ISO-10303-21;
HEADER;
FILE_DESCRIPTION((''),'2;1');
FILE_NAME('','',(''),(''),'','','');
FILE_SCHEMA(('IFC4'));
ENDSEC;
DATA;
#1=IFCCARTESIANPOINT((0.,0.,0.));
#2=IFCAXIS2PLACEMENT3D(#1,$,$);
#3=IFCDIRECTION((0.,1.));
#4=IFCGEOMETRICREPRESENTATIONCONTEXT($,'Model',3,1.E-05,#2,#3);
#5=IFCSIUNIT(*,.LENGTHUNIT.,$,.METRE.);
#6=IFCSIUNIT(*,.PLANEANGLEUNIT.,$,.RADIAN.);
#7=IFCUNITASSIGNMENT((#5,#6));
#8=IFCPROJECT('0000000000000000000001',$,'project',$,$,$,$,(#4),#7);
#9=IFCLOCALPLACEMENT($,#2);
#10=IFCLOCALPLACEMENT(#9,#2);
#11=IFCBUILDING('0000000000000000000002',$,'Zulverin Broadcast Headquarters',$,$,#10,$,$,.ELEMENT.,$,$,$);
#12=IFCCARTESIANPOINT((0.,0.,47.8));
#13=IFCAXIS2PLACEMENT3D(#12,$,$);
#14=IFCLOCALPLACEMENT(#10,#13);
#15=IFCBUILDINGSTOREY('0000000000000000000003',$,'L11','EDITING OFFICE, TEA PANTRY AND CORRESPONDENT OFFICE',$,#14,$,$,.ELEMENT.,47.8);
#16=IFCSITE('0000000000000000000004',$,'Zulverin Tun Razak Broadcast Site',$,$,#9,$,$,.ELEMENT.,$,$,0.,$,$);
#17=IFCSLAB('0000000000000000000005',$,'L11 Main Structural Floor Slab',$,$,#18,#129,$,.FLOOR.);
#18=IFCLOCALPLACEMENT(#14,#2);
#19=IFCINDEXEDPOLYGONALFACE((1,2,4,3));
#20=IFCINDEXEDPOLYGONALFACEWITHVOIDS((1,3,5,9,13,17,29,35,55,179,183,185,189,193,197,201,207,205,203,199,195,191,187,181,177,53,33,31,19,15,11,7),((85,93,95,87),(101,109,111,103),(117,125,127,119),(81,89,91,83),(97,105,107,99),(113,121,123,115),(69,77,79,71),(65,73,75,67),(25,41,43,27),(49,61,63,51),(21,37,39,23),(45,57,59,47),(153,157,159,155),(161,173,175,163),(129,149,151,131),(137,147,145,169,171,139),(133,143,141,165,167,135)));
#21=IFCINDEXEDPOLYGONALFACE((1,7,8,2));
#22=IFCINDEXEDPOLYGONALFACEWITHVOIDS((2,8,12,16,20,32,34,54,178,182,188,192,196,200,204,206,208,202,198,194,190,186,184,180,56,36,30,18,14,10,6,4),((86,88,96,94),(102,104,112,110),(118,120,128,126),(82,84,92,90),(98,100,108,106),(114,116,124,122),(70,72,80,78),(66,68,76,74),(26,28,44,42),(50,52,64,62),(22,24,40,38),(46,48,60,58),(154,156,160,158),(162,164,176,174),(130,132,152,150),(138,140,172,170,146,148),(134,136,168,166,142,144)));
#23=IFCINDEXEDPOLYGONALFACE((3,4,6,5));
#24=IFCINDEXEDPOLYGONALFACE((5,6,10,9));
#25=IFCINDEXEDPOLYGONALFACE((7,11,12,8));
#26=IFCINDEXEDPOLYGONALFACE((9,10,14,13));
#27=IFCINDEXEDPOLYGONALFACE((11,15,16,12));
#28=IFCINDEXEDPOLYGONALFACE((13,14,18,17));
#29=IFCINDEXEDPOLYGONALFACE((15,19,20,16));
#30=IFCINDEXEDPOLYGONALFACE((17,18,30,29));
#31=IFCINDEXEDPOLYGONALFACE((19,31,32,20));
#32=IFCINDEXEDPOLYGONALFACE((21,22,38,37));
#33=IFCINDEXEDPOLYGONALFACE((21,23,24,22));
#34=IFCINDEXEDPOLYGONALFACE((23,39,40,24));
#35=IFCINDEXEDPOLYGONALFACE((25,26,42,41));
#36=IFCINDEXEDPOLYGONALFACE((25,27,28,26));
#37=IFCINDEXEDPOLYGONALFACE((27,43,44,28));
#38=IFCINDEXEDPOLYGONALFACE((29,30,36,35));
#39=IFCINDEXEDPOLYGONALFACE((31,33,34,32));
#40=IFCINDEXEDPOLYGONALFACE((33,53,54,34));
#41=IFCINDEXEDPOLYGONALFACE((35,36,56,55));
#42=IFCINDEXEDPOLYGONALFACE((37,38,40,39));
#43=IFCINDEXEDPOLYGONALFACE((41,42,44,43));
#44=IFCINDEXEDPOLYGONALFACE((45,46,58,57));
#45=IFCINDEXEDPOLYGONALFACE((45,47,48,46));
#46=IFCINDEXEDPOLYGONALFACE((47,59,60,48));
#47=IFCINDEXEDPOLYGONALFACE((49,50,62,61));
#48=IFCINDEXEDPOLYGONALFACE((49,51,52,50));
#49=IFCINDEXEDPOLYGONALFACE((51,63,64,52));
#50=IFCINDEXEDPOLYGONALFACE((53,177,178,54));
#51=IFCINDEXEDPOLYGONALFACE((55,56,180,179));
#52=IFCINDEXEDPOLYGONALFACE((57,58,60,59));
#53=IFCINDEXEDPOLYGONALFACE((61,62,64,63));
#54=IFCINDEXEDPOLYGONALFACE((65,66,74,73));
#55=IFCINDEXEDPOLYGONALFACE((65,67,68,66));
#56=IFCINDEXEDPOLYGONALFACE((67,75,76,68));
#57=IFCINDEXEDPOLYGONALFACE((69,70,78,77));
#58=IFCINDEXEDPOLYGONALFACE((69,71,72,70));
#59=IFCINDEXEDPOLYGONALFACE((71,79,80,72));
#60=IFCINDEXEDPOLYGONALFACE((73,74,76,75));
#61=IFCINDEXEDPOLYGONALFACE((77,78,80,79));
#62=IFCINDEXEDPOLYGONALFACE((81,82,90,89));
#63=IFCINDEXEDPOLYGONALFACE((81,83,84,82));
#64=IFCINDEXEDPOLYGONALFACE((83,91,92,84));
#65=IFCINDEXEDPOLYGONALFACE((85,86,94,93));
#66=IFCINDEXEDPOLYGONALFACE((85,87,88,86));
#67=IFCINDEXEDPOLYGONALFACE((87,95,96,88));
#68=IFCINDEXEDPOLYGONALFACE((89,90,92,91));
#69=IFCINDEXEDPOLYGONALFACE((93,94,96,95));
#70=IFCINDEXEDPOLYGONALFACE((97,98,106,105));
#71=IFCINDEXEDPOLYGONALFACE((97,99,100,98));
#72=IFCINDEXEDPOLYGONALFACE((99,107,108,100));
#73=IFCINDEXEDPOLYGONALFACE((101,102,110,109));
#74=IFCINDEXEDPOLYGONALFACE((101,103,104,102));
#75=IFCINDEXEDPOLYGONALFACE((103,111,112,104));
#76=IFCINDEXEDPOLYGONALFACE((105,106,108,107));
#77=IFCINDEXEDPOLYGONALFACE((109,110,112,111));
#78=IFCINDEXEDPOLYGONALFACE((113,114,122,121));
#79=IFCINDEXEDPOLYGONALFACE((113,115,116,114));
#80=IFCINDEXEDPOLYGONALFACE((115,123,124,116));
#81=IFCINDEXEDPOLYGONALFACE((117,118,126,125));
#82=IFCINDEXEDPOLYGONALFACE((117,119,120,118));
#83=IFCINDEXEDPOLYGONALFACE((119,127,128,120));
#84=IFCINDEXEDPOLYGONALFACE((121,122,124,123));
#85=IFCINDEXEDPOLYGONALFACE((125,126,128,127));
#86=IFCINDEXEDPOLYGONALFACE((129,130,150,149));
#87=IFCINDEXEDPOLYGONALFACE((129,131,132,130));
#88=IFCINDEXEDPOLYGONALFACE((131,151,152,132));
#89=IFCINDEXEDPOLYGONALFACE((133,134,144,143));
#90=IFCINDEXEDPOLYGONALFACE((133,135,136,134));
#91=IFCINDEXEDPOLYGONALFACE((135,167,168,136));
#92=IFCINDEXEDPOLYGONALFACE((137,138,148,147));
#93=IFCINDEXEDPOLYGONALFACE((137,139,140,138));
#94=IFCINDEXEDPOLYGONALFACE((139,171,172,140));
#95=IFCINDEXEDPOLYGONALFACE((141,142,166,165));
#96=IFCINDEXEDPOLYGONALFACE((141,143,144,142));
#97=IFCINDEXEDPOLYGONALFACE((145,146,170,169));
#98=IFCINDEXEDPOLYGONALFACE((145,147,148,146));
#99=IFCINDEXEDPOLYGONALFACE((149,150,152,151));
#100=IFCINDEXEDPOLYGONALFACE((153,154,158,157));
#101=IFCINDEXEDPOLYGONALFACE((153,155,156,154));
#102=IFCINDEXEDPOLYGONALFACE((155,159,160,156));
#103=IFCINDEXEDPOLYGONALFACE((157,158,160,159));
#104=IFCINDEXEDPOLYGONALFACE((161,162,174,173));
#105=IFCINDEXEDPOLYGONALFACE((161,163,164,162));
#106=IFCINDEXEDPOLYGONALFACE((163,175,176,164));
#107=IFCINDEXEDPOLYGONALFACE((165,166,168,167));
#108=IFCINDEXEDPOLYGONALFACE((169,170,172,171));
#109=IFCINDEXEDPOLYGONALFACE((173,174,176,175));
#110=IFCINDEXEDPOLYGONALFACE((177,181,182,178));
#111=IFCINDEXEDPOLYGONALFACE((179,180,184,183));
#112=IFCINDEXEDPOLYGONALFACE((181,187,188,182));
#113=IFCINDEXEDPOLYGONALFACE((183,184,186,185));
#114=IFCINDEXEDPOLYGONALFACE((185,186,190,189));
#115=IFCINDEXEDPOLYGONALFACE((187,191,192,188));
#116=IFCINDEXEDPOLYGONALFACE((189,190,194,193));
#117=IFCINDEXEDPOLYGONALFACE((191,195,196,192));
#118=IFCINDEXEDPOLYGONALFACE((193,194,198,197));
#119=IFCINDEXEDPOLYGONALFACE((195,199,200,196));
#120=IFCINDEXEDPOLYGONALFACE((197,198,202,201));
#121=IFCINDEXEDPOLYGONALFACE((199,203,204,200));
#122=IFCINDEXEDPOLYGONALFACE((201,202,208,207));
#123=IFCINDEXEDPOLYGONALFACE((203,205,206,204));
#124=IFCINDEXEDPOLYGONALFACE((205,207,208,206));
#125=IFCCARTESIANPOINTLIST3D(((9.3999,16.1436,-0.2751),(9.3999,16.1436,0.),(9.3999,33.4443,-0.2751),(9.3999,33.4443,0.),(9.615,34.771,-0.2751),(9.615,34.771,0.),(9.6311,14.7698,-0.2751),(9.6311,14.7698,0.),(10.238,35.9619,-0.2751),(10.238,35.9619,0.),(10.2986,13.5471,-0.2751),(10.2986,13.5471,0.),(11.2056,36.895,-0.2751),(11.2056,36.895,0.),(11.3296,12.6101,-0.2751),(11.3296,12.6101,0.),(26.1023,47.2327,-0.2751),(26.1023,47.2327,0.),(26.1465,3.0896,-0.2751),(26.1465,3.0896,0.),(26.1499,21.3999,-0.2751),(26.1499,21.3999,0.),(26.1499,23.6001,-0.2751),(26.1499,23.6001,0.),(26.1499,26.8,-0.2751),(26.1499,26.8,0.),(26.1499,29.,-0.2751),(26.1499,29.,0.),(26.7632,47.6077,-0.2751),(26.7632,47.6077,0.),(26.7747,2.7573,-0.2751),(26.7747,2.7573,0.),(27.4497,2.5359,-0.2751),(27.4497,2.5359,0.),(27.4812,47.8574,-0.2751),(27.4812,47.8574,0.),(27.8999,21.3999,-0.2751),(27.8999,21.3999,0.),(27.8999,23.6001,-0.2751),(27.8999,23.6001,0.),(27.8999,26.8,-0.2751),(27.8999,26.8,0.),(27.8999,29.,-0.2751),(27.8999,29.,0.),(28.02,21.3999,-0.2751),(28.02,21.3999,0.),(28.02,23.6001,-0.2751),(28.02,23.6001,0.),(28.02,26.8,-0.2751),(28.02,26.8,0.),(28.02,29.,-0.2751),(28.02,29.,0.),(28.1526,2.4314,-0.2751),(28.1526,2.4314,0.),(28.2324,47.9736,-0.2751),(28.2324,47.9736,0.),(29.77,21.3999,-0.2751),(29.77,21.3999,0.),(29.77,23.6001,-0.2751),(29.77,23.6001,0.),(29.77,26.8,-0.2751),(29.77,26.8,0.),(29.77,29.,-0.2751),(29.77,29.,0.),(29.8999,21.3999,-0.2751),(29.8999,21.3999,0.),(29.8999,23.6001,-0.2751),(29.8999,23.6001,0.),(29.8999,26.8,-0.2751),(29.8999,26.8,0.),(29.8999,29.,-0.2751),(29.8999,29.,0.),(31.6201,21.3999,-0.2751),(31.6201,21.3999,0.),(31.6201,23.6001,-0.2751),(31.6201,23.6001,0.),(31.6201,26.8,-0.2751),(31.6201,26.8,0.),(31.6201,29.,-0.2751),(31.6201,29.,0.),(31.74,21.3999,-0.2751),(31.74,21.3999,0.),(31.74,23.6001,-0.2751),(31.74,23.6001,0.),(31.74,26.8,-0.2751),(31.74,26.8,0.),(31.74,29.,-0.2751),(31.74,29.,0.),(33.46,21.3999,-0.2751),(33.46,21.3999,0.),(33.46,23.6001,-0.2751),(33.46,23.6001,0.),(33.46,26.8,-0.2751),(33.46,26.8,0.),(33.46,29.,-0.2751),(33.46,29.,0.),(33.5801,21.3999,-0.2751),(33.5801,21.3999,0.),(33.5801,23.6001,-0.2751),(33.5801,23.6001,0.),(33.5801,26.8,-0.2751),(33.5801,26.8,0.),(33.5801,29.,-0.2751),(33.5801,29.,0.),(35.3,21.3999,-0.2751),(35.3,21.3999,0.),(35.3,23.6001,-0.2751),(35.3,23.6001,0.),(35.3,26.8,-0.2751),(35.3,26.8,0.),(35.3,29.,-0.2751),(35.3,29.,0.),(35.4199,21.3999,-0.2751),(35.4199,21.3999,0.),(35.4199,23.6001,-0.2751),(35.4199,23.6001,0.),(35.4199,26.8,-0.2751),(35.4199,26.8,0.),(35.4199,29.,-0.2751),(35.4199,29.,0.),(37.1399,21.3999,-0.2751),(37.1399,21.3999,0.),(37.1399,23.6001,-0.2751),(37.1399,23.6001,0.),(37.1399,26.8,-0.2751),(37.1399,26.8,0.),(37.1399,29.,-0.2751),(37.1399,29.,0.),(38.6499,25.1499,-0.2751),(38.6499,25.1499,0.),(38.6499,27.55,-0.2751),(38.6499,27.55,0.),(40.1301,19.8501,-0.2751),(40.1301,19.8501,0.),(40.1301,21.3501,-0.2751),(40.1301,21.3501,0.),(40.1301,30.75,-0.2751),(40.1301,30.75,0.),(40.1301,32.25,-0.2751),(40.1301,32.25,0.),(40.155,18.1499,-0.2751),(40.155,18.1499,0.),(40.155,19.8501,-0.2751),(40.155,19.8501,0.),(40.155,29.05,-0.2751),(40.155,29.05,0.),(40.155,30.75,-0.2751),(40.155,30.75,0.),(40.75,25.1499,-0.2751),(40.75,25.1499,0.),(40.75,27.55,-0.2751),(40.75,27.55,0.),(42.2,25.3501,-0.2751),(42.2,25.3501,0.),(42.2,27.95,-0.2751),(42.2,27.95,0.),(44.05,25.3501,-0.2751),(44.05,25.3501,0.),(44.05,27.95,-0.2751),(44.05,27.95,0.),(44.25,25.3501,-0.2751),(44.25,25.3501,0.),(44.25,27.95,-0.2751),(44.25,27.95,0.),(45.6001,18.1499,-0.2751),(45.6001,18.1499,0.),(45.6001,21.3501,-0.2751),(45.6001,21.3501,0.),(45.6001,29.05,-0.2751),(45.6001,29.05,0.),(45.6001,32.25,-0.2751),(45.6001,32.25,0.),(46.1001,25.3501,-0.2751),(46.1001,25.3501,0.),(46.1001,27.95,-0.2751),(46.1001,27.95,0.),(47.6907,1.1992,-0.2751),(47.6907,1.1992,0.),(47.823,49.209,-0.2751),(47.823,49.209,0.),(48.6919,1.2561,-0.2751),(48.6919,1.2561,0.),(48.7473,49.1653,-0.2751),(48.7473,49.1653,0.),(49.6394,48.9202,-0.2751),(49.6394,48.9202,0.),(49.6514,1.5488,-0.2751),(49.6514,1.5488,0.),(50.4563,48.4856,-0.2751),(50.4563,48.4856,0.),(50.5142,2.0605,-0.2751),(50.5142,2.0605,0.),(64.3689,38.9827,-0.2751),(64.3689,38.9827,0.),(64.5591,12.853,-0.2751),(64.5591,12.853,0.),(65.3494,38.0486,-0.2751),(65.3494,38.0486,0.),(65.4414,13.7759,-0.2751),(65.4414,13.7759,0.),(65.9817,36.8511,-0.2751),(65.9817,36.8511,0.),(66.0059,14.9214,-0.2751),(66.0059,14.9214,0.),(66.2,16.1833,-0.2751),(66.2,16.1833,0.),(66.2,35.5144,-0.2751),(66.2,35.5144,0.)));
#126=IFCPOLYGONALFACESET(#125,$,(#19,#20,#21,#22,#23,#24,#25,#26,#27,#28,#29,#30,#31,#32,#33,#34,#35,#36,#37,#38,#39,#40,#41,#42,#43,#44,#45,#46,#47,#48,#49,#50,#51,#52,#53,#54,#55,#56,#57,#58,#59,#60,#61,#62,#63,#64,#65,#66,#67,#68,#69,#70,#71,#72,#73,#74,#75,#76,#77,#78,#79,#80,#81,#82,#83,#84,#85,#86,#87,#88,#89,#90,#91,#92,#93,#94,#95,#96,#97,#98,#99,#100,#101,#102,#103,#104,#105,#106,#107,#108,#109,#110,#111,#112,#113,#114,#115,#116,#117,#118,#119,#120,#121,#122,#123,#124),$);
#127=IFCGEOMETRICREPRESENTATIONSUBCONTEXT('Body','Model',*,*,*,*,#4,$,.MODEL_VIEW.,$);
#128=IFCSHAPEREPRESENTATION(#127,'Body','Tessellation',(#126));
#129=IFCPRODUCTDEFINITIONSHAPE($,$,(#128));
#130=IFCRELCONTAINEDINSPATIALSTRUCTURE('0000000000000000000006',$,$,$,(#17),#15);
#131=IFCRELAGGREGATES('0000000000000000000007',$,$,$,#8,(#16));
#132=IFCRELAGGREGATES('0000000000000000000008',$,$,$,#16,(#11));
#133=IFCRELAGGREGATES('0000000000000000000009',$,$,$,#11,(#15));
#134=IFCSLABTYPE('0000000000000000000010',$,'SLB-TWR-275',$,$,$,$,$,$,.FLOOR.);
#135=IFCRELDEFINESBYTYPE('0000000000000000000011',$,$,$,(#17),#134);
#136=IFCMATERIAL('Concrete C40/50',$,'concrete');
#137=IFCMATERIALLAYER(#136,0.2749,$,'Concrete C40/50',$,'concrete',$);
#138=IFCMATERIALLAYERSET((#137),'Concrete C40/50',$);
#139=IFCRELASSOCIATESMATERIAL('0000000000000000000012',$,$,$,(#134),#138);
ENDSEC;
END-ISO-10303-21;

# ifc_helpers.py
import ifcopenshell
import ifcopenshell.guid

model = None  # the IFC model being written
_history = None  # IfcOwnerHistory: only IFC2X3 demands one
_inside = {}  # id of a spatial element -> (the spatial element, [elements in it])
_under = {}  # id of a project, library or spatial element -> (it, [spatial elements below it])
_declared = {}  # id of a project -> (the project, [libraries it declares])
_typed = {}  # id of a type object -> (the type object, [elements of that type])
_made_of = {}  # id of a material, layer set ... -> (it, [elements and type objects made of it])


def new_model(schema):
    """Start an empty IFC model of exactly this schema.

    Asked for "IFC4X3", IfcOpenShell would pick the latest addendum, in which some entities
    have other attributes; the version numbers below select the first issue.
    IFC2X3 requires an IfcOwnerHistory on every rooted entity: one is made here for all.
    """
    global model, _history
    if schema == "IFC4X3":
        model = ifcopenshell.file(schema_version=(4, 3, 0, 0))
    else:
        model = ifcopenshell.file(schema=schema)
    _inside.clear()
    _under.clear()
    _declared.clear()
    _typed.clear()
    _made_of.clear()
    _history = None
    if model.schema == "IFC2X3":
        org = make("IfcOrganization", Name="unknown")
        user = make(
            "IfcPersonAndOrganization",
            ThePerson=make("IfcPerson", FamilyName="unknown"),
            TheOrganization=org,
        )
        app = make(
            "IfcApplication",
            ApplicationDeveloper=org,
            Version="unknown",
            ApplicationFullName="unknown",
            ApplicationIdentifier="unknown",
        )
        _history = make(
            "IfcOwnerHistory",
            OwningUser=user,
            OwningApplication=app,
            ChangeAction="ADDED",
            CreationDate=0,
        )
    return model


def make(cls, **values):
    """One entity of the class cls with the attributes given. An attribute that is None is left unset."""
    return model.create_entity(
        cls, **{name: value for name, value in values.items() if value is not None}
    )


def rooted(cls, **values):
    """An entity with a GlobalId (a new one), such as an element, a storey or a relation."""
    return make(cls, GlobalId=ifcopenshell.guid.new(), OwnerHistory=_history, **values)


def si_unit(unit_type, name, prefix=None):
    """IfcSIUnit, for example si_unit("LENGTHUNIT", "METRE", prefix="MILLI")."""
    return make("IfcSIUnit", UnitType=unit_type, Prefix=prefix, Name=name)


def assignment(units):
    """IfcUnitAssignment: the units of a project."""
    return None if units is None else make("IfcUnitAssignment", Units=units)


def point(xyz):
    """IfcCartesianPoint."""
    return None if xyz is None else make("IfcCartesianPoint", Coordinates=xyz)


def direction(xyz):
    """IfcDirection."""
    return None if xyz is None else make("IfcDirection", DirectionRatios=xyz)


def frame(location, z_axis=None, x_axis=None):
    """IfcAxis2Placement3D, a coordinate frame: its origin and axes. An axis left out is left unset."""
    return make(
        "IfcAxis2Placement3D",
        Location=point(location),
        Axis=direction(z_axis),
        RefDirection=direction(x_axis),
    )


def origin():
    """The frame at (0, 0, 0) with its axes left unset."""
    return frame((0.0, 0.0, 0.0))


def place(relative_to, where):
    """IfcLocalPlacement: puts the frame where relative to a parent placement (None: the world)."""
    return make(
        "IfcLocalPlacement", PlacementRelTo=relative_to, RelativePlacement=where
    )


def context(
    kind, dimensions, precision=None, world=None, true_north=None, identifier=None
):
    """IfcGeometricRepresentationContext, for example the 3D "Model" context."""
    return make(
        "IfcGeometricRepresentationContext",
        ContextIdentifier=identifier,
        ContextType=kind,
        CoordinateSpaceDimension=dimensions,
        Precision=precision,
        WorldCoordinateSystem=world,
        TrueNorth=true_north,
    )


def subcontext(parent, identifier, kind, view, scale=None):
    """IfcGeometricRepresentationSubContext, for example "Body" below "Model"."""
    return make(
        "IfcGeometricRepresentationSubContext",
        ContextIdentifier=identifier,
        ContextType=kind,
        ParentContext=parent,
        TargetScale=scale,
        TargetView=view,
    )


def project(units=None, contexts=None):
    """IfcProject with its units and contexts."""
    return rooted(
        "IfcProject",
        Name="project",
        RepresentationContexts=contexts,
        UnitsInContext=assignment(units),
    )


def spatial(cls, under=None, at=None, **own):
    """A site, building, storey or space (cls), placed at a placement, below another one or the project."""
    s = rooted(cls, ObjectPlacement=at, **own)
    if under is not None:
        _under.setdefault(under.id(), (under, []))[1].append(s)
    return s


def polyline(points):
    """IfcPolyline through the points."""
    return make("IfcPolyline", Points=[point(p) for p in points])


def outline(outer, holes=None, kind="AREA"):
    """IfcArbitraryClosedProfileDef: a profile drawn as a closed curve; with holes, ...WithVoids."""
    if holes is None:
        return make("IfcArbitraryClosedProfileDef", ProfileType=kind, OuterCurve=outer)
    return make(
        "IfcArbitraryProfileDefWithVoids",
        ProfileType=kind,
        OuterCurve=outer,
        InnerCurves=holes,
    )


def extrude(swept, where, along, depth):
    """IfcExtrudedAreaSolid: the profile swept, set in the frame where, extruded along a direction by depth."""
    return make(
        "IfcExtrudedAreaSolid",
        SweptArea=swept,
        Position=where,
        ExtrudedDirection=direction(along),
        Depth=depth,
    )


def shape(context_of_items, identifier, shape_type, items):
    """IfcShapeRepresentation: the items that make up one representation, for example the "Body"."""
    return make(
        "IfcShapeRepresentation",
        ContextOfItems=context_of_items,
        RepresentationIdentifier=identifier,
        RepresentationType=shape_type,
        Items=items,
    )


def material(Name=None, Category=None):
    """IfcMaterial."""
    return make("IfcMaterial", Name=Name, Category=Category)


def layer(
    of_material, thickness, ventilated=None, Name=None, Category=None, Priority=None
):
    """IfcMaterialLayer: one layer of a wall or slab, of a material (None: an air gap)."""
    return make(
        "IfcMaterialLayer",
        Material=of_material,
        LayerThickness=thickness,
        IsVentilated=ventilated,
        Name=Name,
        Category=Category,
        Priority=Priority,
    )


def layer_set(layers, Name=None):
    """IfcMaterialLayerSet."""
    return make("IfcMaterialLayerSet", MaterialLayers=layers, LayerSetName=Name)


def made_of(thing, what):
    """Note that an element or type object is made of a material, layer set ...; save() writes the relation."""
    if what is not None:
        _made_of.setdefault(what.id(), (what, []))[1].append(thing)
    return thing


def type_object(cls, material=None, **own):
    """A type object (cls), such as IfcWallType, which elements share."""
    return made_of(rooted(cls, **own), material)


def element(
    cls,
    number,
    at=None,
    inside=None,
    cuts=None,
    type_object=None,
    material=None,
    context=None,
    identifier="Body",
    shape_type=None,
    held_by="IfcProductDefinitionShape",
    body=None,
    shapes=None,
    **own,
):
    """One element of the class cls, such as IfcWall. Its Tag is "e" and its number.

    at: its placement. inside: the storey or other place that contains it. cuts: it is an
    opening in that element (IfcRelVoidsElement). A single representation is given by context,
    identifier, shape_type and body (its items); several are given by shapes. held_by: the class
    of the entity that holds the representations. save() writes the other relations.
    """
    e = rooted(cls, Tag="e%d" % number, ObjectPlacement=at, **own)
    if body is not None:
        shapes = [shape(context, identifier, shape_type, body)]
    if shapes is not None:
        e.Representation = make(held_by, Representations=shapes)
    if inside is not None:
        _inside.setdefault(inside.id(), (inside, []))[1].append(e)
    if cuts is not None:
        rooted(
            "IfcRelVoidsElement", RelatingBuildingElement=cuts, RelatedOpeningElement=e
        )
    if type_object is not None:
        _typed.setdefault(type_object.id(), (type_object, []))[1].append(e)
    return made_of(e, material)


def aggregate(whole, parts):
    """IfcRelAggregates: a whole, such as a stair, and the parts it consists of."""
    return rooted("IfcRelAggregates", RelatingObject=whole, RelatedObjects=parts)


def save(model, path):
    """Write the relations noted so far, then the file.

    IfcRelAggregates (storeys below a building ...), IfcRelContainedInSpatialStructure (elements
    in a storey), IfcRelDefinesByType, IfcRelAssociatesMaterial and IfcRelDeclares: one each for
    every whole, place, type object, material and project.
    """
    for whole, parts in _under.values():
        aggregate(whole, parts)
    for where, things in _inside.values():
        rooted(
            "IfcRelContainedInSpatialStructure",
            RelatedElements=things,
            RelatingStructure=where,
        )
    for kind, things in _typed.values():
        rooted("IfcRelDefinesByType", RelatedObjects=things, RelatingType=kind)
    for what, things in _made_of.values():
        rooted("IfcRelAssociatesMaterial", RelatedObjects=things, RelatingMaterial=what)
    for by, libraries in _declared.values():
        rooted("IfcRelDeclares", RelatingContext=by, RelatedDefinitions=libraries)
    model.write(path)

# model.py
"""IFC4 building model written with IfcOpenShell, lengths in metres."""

from ifc_helpers import new_model, si_unit, direction, frame, origin, place, context, subcontext, project, spatial, polyline, outline, extrude, material, layer, layer_set, type_object, element, save


model = new_model("IFC4")

# Units and contexts
model_context = context("Model", 3, precision=1e-05, world=origin(), true_north=direction((0.0, 1.0)))
body_context = subcontext(model_context, "Body", "Model", "MODEL_VIEW")
ifc_project = project(units=[si_unit("LENGTHUNIT", "METRE"), si_unit("PLANEANGLEUNIT", "RADIAN")], contexts=[model_context])

# Site, building, storey
site_placement = place(None, origin())
site = spatial("IfcSite", under=ifc_project, at=site_placement, Name="Zulverin Tun Razak Broadcast Site", CompositionType="ELEMENT", RefElevation=0.0)
building_placement = place(site_placement, origin())
building = spatial("IfcBuilding", under=site, at=building_placement, Name="Zulverin Broadcast Headquarters", CompositionType="ELEMENT")
storey_placement = place(building_placement, frame((0.0, 0.0, 47.8)))
storey = spatial("IfcBuildingStorey", under=building, at=storey_placement, Name="L11", Description="EDITING OFFICE, TEA PANTRY AND CORRESPONDENT OFFICE", CompositionType="ELEMENT", Elevation=47.8)

# Shared definitions
ifc_material_1 = material(Name="Concrete C40/50", Category="concrete")

# Slab
ifc_layer_1 = layer(ifc_material_1, 0.2749, Name="Concrete C40/50", Category="concrete")
ifc_layer_set_1 = layer_set([ifc_layer_1], Name="Concrete C40/50")
slab_type_1 = type_object("IfcSlabType", Name="SLB-TWR-275", PredefinedType="FLOOR", material=ifc_layer_set_1)
slab_1_placement = place(storey_placement, frame((0.0, 0.0, -0.2751)))
element("IfcSlab", 1, at=slab_1_placement, inside=storey, type_object=slab_type_1, Name="L11 Main Structural Floor Slab", PredefinedType="FLOOR", context=body_context, shape_type="SweptSolid", body=[
    extrude(outline(polyline([(26.1465, 3.0896), (26.7747, 2.7573), (27.4497, 2.5359), (28.1526, 2.4314), (47.6907, 1.1992), (48.6919, 1.2561), (49.6514, 1.5488), (50.5142, 2.0605), (64.5591, 12.853), (65.4414, 13.7759), (66.0059, 14.9214), (66.2, 16.1833), (66.2, 35.5144), (65.9817, 36.8511), (65.3494, 38.0486), (64.3689, 38.9827), (50.4563, 48.4856), (49.6394, 48.9202), (48.7473, 49.1653), (47.823, 49.209), (28.2324, 47.9736), (27.4812, 47.8574), (26.7632, 47.6077), (26.1023, 47.2327), (11.2056, 36.895), (10.238, 35.9619), (9.615, 34.771), (9.3999, 33.4443), (9.3999, 16.1436), (9.6311, 14.7698), (10.2986, 13.5471), (11.3296, 12.6101), (26.1465, 3.0896)]), holes=[polyline([(40.155, 30.75), (40.1301, 30.75), (40.1301, 32.25), (45.6001, 32.25), (45.6001, 29.05), (40.155, 29.05), (40.155, 30.75)]), polyline([(40.155, 19.8501), (40.1301, 19.8501), (40.1301, 21.3501), (45.6001, 21.3501), (45.6001, 18.1499), (40.155, 18.1499), (40.155, 19.8501)]), polyline([(26.1499, 26.8), (27.8999, 26.8), (27.8999, 29.0), (26.1499, 29.0), (26.1499, 26.8)]), polyline([(28.02, 26.8), (29.77, 26.8), (29.77, 29.0), (28.02, 29.0), (28.02, 26.8)]), polyline([(26.1499, 21.3999), (27.8999, 21.3999), (27.8999, 23.6001), (26.1499, 23.6001), (26.1499, 21.3999)]), polyline([(28.02, 21.3999), (29.77, 21.3999), (29.77, 23.6001), (28.02, 23.6001), (28.02, 21.3999)]), polyline([(29.8999, 21.3999), (31.6201, 21.3999), (31.6201, 23.6001), (29.8999, 23.6001), (29.8999, 21.3999)]), polyline([(31.74, 21.3999), (33.46, 21.3999), (33.46, 23.6001), (31.74, 23.6001), (31.74, 21.3999)]), polyline([(33.5801, 21.3999), (35.3, 21.3999), (35.3, 23.6001), (33.5801, 23.6001), (33.5801, 21.3999)]), polyline([(35.4199, 21.3999), (37.1399, 21.3999), (37.1399, 23.6001), (35.4199, 23.6001), (35.4199, 21.3999)]), polyline([(29.8999, 26.8), (31.6201, 26.8), (31.6201, 29.0), (29.8999, 29.0), (29.8999, 26.8)]), polyline([(31.74, 26.8), (33.46, 26.8), (33.46, 29.0), (31.74, 29.0), (31.74, 26.8)]), polyline([(33.5801, 26.8), (35.3, 26.8), (35.3, 29.0), (33.5801, 29.0), (33.5801, 26.8)]), polyline([(35.4199, 26.8), (37.1399, 26.8), (37.1399, 29.0), (35.4199, 29.0), (35.4199, 26.8)]), polyline([(42.2, 25.3501), (44.05, 25.3501), (44.05, 27.95), (42.2, 27.95), (42.2, 25.3501)]), polyline([(44.25, 25.3501), (46.1001, 25.3501), (46.1001, 27.95), (44.25, 27.95), (44.25, 25.3501)]), polyline([(38.6499, 25.1499), (40.75, 25.1499), (40.75, 27.55), (38.6499, 27.55), (38.6499, 25.1499)])]), origin(), (0.0, 0.0, 1.0), 0.2751),
])

save(model, "model.ifc")
